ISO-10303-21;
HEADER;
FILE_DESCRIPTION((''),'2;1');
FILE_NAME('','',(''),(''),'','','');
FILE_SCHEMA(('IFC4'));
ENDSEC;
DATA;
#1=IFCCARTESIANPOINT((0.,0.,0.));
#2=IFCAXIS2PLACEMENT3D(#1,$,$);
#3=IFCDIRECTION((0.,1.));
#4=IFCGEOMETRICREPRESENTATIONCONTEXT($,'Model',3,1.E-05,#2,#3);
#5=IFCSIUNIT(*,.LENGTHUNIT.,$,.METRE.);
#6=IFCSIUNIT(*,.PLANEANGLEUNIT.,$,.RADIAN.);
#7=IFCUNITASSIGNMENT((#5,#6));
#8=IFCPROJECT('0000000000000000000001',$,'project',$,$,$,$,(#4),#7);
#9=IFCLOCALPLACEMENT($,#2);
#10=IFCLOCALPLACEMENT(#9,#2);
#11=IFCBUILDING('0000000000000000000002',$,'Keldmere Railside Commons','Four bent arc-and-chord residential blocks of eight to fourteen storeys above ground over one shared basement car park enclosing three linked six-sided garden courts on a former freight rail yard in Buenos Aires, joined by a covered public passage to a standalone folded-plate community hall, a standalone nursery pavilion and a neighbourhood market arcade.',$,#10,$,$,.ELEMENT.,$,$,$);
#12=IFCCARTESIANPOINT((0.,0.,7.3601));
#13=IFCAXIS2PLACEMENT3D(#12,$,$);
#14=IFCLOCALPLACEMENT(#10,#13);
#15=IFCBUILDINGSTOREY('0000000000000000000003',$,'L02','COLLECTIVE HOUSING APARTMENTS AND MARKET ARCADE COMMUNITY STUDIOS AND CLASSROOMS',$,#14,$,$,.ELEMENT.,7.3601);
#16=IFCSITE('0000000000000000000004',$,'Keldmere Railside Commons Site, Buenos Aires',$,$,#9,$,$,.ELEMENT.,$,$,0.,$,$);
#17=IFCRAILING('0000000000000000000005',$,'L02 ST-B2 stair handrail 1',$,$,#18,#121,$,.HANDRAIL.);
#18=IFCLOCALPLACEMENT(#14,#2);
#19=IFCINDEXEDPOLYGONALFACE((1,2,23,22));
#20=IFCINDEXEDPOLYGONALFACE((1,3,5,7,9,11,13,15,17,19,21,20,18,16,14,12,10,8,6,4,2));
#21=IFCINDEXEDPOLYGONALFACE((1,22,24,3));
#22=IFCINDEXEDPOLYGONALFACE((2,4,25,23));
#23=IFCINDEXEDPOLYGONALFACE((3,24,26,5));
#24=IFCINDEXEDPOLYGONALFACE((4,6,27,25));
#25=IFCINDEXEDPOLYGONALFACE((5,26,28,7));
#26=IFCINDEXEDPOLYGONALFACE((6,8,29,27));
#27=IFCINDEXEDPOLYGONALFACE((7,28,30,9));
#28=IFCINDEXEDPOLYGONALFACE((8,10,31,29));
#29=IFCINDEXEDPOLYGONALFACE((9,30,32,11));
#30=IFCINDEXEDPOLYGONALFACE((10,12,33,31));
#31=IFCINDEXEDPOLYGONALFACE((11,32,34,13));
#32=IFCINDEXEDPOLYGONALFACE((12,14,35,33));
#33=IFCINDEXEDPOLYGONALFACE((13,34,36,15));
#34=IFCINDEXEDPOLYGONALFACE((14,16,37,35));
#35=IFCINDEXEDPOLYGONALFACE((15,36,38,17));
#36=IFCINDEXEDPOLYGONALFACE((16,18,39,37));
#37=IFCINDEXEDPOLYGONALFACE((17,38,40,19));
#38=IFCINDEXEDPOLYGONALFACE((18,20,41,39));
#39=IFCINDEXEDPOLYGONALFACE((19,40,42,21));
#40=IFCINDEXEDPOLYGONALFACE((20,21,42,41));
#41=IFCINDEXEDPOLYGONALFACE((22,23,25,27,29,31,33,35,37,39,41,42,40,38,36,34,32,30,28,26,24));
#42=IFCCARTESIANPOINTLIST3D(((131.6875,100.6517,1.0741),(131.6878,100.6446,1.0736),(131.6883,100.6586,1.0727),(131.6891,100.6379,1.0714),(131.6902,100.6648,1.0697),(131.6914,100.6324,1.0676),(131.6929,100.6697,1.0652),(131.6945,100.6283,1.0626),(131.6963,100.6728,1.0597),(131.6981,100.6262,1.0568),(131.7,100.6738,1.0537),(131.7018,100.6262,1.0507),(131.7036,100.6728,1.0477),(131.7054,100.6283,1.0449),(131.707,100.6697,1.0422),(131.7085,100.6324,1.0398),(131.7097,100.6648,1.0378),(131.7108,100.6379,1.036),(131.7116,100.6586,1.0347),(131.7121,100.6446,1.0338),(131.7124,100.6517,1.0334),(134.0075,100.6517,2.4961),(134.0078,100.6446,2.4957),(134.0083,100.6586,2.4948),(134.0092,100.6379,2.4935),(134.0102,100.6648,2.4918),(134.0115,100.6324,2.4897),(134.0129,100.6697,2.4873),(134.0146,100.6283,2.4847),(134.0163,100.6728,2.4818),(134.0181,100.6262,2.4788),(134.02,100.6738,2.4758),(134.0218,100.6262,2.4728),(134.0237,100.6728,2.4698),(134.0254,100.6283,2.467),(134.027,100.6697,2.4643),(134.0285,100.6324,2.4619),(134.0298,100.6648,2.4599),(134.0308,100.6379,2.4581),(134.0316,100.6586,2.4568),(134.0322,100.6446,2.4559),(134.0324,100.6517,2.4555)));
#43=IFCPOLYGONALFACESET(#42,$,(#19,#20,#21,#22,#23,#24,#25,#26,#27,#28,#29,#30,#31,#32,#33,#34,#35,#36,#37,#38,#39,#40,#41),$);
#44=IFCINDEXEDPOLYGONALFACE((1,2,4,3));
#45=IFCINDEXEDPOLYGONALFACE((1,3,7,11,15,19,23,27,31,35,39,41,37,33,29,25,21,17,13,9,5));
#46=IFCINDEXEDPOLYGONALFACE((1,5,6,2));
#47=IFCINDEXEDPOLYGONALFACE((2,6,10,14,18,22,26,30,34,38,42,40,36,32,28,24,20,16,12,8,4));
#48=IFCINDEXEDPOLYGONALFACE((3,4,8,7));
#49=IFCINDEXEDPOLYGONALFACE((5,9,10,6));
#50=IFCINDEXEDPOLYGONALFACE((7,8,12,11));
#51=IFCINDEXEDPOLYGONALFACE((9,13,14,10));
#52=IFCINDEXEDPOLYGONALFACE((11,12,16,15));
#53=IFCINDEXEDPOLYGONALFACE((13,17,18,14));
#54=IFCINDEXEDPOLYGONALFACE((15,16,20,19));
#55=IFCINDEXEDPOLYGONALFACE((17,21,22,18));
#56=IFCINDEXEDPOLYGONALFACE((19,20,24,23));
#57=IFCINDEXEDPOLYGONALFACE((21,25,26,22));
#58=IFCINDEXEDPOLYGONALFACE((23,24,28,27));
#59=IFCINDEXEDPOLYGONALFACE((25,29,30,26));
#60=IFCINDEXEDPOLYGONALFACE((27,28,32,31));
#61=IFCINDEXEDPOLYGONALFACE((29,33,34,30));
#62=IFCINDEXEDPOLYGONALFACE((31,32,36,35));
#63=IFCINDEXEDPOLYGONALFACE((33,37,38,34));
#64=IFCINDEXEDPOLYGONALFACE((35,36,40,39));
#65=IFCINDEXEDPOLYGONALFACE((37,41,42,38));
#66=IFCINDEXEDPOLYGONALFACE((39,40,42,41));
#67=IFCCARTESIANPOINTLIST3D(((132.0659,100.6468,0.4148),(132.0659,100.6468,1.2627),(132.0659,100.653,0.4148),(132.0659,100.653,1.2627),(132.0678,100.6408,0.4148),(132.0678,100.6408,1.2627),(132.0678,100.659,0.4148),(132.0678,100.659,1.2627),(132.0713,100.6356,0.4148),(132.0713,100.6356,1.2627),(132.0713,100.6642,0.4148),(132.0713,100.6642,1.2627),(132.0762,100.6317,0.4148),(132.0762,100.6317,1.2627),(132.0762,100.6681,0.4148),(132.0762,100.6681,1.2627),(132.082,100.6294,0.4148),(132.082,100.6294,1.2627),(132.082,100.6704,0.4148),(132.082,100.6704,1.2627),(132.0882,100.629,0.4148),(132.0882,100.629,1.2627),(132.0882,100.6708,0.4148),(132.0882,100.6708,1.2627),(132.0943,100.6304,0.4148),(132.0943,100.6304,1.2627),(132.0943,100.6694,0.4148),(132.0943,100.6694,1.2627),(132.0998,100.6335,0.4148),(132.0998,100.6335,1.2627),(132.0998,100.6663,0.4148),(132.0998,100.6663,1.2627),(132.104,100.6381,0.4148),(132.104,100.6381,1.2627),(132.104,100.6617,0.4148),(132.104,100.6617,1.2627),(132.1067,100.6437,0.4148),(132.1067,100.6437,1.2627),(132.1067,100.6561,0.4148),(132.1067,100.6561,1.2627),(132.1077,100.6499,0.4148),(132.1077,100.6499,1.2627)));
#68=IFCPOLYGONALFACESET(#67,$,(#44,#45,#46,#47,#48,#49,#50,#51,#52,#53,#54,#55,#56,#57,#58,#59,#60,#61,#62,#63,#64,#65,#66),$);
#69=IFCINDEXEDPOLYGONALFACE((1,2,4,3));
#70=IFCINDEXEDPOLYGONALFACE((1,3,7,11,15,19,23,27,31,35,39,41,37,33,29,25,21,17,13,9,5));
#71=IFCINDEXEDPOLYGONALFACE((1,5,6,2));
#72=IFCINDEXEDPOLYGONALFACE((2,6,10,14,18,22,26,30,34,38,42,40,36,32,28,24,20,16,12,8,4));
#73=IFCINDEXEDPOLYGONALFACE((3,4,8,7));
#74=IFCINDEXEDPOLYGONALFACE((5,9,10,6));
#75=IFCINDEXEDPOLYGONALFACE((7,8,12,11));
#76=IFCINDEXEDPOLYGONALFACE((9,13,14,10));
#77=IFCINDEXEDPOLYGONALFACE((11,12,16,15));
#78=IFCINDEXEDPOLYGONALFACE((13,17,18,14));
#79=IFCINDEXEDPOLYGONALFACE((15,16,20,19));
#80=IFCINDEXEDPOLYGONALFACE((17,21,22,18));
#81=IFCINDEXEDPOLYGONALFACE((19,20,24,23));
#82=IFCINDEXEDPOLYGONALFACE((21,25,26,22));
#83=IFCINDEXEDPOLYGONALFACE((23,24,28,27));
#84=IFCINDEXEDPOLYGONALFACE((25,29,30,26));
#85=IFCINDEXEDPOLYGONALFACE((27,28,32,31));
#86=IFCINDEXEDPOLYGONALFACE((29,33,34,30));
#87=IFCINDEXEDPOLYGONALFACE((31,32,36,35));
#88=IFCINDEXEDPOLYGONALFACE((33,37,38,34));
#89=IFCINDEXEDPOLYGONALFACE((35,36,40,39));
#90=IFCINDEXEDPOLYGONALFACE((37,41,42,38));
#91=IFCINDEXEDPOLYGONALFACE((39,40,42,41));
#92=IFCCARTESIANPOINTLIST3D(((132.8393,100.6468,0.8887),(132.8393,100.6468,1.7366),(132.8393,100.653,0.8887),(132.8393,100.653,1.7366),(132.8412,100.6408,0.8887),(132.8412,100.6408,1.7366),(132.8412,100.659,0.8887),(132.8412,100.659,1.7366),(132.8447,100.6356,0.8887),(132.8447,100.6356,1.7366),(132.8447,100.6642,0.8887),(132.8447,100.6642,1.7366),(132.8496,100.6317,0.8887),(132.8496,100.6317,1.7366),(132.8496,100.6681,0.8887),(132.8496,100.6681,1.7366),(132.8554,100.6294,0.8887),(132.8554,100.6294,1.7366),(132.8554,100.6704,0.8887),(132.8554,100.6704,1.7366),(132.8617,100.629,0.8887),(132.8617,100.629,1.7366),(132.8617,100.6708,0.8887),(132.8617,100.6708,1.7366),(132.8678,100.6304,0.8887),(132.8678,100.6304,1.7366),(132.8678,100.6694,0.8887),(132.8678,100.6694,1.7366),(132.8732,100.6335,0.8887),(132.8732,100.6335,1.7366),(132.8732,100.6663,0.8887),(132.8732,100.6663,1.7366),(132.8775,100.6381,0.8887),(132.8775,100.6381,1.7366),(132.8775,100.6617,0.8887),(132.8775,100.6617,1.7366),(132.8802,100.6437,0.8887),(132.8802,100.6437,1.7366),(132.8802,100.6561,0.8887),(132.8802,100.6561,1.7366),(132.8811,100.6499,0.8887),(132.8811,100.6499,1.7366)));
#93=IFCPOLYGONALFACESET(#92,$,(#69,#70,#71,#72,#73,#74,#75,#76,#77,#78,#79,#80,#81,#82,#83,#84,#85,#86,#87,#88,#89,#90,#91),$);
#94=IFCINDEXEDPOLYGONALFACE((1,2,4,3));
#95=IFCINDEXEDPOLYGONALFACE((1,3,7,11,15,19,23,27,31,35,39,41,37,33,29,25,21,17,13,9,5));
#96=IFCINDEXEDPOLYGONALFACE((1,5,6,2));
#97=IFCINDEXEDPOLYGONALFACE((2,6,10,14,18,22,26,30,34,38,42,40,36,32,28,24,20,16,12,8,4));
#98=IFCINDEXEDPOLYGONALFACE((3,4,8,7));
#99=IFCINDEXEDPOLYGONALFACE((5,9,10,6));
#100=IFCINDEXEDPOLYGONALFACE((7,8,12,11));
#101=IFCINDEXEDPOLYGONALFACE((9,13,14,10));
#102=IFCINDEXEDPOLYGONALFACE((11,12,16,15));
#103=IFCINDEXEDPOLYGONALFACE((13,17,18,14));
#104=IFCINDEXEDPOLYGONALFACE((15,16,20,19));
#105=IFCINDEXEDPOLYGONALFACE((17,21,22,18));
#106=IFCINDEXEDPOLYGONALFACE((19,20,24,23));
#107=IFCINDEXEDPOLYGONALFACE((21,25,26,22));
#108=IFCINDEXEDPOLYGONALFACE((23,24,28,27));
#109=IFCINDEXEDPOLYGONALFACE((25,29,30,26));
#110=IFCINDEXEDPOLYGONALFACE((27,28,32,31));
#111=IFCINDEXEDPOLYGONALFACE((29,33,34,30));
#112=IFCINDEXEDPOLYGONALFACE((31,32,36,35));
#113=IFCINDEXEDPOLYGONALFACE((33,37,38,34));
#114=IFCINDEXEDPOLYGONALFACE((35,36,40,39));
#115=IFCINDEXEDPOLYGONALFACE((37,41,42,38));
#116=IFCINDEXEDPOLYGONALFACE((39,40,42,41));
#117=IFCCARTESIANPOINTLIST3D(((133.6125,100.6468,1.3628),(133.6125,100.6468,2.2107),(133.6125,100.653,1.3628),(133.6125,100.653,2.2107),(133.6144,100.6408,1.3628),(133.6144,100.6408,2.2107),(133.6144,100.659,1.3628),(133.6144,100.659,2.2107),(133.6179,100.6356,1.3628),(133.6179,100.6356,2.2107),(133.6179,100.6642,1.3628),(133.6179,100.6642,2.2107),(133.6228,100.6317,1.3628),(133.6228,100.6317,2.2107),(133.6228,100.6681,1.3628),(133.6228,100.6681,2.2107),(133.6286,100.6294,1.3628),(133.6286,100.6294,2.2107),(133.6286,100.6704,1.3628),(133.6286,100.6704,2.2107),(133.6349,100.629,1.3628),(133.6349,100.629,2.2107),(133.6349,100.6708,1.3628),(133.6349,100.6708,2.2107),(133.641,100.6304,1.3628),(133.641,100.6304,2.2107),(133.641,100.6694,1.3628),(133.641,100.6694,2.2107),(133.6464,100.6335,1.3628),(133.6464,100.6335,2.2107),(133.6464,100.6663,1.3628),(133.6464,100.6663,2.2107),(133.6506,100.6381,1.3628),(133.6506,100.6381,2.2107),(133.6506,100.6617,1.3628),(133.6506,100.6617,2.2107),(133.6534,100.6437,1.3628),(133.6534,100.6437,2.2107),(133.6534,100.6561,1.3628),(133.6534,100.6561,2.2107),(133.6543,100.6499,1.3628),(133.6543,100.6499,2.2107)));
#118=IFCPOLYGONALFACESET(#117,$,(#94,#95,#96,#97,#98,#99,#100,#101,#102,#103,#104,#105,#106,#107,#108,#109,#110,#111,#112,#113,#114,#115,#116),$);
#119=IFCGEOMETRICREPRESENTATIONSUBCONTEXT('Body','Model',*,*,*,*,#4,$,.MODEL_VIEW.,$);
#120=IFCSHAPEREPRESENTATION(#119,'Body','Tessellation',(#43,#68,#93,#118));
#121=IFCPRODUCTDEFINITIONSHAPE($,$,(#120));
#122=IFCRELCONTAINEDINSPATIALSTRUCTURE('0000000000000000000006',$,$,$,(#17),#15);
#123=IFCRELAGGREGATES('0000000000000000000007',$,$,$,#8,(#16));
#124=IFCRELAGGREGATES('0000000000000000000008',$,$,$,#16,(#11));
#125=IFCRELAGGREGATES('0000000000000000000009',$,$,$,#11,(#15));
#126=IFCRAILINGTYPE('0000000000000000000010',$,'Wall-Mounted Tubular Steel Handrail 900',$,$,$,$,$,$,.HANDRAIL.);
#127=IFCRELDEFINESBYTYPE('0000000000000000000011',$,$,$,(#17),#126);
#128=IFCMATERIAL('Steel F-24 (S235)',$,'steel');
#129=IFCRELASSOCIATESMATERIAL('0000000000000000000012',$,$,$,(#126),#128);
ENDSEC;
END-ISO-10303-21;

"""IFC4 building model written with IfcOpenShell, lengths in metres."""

from ifc_helpers import new_model, si_unit, direction, frame, origin, origin_2d, place, context, subcontext, project, spatial, circle, extrude, material, type_object, element, save


model = new_model("IFC4")

# Units and contexts
model_context = context("Model", 3, precision=1e-05, world=origin(), true_north=direction((0.0, 1.0)))
body_context = subcontext(model_context, "Body", "Model", "MODEL_VIEW")
ifc_project = project(units=[si_unit("LENGTHUNIT", "METRE"), si_unit("PLANEANGLEUNIT", "RADIAN")], contexts=[model_context])

# Site, building, storey
site_placement = place(None, origin())
site = spatial("IfcSite", under=ifc_project, at=site_placement, Name="Keldmere Railside Commons Site, Buenos Aires", CompositionType="ELEMENT", RefElevation=0.0)
building_placement = place(site_placement, origin())
building = spatial("IfcBuilding", under=site, at=building_placement, Name="Keldmere Railside Commons", Description="Four bent arc-and-chord residential blocks of eight to fourteen storeys above ground over one shared basement car park enclosing three linked six-sided garden courts on a former freight rail yard in Buenos Aires, joined by a covered public passage to a standalone folded-plate community hall, a standalone nursery pavilion and a neighbourhood market arcade.", CompositionType="ELEMENT")
storey_placement = place(building_placement, frame((0.0, 0.0, 7.3601)))
storey = spatial("IfcBuildingStorey", under=building, at=storey_placement, Name="L02", Description="COLLECTIVE HOUSING APARTMENTS AND MARKET ARCADE COMMUNITY STUDIOS AND CLASSROOMS", CompositionType="ELEMENT", Elevation=7.3601)

# Railing
ifc_material_1 = material(Name="Steel F-24 (S235)", Category="steel")
railing_type_1 = type_object("IfcRailingType", Name="Wall-Mounted Tubular Steel Handrail 900", PredefinedType="HANDRAIL", material=ifc_material_1)
railing_1_placement = place(storey_placement, frame((131.7, 100.6499, 0.1777)))
element("IfcRailing", 1, at=railing_1_placement, inside=storey, type_object=railing_type_1, Name="L02 ST-B2 stair handrail 1", PredefinedType="HANDRAIL", context=body_context, shape_type="SweptSolid", body=[
    extrude(circle(Radius=0.0239, at=origin_2d()), frame((0.0, 0.0, 0.876), z_axis=(0.852578, 0.0, 0.5226), x_axis=(0.0, 1.0, 0.0)), (0.0, 0.0, 1.0), 2.7212),
    extrude(circle(Radius=0.021, at=origin_2d()), frame((0.3867, 0.0, 0.2371)), (0.0, 0.0, 1.0), 0.8479),
    extrude(circle(Radius=0.021, at=origin_2d()), frame((1.1602, 0.0, 0.7109)), (0.0, 0.0, 1.0), 0.8479),
    extrude(circle(Radius=0.021, at=origin_2d()), frame((1.9333, 0.0, 1.1851)), (0.0, 0.0, 1.0), 0.8479),
])

save(model, "model.ifc")
